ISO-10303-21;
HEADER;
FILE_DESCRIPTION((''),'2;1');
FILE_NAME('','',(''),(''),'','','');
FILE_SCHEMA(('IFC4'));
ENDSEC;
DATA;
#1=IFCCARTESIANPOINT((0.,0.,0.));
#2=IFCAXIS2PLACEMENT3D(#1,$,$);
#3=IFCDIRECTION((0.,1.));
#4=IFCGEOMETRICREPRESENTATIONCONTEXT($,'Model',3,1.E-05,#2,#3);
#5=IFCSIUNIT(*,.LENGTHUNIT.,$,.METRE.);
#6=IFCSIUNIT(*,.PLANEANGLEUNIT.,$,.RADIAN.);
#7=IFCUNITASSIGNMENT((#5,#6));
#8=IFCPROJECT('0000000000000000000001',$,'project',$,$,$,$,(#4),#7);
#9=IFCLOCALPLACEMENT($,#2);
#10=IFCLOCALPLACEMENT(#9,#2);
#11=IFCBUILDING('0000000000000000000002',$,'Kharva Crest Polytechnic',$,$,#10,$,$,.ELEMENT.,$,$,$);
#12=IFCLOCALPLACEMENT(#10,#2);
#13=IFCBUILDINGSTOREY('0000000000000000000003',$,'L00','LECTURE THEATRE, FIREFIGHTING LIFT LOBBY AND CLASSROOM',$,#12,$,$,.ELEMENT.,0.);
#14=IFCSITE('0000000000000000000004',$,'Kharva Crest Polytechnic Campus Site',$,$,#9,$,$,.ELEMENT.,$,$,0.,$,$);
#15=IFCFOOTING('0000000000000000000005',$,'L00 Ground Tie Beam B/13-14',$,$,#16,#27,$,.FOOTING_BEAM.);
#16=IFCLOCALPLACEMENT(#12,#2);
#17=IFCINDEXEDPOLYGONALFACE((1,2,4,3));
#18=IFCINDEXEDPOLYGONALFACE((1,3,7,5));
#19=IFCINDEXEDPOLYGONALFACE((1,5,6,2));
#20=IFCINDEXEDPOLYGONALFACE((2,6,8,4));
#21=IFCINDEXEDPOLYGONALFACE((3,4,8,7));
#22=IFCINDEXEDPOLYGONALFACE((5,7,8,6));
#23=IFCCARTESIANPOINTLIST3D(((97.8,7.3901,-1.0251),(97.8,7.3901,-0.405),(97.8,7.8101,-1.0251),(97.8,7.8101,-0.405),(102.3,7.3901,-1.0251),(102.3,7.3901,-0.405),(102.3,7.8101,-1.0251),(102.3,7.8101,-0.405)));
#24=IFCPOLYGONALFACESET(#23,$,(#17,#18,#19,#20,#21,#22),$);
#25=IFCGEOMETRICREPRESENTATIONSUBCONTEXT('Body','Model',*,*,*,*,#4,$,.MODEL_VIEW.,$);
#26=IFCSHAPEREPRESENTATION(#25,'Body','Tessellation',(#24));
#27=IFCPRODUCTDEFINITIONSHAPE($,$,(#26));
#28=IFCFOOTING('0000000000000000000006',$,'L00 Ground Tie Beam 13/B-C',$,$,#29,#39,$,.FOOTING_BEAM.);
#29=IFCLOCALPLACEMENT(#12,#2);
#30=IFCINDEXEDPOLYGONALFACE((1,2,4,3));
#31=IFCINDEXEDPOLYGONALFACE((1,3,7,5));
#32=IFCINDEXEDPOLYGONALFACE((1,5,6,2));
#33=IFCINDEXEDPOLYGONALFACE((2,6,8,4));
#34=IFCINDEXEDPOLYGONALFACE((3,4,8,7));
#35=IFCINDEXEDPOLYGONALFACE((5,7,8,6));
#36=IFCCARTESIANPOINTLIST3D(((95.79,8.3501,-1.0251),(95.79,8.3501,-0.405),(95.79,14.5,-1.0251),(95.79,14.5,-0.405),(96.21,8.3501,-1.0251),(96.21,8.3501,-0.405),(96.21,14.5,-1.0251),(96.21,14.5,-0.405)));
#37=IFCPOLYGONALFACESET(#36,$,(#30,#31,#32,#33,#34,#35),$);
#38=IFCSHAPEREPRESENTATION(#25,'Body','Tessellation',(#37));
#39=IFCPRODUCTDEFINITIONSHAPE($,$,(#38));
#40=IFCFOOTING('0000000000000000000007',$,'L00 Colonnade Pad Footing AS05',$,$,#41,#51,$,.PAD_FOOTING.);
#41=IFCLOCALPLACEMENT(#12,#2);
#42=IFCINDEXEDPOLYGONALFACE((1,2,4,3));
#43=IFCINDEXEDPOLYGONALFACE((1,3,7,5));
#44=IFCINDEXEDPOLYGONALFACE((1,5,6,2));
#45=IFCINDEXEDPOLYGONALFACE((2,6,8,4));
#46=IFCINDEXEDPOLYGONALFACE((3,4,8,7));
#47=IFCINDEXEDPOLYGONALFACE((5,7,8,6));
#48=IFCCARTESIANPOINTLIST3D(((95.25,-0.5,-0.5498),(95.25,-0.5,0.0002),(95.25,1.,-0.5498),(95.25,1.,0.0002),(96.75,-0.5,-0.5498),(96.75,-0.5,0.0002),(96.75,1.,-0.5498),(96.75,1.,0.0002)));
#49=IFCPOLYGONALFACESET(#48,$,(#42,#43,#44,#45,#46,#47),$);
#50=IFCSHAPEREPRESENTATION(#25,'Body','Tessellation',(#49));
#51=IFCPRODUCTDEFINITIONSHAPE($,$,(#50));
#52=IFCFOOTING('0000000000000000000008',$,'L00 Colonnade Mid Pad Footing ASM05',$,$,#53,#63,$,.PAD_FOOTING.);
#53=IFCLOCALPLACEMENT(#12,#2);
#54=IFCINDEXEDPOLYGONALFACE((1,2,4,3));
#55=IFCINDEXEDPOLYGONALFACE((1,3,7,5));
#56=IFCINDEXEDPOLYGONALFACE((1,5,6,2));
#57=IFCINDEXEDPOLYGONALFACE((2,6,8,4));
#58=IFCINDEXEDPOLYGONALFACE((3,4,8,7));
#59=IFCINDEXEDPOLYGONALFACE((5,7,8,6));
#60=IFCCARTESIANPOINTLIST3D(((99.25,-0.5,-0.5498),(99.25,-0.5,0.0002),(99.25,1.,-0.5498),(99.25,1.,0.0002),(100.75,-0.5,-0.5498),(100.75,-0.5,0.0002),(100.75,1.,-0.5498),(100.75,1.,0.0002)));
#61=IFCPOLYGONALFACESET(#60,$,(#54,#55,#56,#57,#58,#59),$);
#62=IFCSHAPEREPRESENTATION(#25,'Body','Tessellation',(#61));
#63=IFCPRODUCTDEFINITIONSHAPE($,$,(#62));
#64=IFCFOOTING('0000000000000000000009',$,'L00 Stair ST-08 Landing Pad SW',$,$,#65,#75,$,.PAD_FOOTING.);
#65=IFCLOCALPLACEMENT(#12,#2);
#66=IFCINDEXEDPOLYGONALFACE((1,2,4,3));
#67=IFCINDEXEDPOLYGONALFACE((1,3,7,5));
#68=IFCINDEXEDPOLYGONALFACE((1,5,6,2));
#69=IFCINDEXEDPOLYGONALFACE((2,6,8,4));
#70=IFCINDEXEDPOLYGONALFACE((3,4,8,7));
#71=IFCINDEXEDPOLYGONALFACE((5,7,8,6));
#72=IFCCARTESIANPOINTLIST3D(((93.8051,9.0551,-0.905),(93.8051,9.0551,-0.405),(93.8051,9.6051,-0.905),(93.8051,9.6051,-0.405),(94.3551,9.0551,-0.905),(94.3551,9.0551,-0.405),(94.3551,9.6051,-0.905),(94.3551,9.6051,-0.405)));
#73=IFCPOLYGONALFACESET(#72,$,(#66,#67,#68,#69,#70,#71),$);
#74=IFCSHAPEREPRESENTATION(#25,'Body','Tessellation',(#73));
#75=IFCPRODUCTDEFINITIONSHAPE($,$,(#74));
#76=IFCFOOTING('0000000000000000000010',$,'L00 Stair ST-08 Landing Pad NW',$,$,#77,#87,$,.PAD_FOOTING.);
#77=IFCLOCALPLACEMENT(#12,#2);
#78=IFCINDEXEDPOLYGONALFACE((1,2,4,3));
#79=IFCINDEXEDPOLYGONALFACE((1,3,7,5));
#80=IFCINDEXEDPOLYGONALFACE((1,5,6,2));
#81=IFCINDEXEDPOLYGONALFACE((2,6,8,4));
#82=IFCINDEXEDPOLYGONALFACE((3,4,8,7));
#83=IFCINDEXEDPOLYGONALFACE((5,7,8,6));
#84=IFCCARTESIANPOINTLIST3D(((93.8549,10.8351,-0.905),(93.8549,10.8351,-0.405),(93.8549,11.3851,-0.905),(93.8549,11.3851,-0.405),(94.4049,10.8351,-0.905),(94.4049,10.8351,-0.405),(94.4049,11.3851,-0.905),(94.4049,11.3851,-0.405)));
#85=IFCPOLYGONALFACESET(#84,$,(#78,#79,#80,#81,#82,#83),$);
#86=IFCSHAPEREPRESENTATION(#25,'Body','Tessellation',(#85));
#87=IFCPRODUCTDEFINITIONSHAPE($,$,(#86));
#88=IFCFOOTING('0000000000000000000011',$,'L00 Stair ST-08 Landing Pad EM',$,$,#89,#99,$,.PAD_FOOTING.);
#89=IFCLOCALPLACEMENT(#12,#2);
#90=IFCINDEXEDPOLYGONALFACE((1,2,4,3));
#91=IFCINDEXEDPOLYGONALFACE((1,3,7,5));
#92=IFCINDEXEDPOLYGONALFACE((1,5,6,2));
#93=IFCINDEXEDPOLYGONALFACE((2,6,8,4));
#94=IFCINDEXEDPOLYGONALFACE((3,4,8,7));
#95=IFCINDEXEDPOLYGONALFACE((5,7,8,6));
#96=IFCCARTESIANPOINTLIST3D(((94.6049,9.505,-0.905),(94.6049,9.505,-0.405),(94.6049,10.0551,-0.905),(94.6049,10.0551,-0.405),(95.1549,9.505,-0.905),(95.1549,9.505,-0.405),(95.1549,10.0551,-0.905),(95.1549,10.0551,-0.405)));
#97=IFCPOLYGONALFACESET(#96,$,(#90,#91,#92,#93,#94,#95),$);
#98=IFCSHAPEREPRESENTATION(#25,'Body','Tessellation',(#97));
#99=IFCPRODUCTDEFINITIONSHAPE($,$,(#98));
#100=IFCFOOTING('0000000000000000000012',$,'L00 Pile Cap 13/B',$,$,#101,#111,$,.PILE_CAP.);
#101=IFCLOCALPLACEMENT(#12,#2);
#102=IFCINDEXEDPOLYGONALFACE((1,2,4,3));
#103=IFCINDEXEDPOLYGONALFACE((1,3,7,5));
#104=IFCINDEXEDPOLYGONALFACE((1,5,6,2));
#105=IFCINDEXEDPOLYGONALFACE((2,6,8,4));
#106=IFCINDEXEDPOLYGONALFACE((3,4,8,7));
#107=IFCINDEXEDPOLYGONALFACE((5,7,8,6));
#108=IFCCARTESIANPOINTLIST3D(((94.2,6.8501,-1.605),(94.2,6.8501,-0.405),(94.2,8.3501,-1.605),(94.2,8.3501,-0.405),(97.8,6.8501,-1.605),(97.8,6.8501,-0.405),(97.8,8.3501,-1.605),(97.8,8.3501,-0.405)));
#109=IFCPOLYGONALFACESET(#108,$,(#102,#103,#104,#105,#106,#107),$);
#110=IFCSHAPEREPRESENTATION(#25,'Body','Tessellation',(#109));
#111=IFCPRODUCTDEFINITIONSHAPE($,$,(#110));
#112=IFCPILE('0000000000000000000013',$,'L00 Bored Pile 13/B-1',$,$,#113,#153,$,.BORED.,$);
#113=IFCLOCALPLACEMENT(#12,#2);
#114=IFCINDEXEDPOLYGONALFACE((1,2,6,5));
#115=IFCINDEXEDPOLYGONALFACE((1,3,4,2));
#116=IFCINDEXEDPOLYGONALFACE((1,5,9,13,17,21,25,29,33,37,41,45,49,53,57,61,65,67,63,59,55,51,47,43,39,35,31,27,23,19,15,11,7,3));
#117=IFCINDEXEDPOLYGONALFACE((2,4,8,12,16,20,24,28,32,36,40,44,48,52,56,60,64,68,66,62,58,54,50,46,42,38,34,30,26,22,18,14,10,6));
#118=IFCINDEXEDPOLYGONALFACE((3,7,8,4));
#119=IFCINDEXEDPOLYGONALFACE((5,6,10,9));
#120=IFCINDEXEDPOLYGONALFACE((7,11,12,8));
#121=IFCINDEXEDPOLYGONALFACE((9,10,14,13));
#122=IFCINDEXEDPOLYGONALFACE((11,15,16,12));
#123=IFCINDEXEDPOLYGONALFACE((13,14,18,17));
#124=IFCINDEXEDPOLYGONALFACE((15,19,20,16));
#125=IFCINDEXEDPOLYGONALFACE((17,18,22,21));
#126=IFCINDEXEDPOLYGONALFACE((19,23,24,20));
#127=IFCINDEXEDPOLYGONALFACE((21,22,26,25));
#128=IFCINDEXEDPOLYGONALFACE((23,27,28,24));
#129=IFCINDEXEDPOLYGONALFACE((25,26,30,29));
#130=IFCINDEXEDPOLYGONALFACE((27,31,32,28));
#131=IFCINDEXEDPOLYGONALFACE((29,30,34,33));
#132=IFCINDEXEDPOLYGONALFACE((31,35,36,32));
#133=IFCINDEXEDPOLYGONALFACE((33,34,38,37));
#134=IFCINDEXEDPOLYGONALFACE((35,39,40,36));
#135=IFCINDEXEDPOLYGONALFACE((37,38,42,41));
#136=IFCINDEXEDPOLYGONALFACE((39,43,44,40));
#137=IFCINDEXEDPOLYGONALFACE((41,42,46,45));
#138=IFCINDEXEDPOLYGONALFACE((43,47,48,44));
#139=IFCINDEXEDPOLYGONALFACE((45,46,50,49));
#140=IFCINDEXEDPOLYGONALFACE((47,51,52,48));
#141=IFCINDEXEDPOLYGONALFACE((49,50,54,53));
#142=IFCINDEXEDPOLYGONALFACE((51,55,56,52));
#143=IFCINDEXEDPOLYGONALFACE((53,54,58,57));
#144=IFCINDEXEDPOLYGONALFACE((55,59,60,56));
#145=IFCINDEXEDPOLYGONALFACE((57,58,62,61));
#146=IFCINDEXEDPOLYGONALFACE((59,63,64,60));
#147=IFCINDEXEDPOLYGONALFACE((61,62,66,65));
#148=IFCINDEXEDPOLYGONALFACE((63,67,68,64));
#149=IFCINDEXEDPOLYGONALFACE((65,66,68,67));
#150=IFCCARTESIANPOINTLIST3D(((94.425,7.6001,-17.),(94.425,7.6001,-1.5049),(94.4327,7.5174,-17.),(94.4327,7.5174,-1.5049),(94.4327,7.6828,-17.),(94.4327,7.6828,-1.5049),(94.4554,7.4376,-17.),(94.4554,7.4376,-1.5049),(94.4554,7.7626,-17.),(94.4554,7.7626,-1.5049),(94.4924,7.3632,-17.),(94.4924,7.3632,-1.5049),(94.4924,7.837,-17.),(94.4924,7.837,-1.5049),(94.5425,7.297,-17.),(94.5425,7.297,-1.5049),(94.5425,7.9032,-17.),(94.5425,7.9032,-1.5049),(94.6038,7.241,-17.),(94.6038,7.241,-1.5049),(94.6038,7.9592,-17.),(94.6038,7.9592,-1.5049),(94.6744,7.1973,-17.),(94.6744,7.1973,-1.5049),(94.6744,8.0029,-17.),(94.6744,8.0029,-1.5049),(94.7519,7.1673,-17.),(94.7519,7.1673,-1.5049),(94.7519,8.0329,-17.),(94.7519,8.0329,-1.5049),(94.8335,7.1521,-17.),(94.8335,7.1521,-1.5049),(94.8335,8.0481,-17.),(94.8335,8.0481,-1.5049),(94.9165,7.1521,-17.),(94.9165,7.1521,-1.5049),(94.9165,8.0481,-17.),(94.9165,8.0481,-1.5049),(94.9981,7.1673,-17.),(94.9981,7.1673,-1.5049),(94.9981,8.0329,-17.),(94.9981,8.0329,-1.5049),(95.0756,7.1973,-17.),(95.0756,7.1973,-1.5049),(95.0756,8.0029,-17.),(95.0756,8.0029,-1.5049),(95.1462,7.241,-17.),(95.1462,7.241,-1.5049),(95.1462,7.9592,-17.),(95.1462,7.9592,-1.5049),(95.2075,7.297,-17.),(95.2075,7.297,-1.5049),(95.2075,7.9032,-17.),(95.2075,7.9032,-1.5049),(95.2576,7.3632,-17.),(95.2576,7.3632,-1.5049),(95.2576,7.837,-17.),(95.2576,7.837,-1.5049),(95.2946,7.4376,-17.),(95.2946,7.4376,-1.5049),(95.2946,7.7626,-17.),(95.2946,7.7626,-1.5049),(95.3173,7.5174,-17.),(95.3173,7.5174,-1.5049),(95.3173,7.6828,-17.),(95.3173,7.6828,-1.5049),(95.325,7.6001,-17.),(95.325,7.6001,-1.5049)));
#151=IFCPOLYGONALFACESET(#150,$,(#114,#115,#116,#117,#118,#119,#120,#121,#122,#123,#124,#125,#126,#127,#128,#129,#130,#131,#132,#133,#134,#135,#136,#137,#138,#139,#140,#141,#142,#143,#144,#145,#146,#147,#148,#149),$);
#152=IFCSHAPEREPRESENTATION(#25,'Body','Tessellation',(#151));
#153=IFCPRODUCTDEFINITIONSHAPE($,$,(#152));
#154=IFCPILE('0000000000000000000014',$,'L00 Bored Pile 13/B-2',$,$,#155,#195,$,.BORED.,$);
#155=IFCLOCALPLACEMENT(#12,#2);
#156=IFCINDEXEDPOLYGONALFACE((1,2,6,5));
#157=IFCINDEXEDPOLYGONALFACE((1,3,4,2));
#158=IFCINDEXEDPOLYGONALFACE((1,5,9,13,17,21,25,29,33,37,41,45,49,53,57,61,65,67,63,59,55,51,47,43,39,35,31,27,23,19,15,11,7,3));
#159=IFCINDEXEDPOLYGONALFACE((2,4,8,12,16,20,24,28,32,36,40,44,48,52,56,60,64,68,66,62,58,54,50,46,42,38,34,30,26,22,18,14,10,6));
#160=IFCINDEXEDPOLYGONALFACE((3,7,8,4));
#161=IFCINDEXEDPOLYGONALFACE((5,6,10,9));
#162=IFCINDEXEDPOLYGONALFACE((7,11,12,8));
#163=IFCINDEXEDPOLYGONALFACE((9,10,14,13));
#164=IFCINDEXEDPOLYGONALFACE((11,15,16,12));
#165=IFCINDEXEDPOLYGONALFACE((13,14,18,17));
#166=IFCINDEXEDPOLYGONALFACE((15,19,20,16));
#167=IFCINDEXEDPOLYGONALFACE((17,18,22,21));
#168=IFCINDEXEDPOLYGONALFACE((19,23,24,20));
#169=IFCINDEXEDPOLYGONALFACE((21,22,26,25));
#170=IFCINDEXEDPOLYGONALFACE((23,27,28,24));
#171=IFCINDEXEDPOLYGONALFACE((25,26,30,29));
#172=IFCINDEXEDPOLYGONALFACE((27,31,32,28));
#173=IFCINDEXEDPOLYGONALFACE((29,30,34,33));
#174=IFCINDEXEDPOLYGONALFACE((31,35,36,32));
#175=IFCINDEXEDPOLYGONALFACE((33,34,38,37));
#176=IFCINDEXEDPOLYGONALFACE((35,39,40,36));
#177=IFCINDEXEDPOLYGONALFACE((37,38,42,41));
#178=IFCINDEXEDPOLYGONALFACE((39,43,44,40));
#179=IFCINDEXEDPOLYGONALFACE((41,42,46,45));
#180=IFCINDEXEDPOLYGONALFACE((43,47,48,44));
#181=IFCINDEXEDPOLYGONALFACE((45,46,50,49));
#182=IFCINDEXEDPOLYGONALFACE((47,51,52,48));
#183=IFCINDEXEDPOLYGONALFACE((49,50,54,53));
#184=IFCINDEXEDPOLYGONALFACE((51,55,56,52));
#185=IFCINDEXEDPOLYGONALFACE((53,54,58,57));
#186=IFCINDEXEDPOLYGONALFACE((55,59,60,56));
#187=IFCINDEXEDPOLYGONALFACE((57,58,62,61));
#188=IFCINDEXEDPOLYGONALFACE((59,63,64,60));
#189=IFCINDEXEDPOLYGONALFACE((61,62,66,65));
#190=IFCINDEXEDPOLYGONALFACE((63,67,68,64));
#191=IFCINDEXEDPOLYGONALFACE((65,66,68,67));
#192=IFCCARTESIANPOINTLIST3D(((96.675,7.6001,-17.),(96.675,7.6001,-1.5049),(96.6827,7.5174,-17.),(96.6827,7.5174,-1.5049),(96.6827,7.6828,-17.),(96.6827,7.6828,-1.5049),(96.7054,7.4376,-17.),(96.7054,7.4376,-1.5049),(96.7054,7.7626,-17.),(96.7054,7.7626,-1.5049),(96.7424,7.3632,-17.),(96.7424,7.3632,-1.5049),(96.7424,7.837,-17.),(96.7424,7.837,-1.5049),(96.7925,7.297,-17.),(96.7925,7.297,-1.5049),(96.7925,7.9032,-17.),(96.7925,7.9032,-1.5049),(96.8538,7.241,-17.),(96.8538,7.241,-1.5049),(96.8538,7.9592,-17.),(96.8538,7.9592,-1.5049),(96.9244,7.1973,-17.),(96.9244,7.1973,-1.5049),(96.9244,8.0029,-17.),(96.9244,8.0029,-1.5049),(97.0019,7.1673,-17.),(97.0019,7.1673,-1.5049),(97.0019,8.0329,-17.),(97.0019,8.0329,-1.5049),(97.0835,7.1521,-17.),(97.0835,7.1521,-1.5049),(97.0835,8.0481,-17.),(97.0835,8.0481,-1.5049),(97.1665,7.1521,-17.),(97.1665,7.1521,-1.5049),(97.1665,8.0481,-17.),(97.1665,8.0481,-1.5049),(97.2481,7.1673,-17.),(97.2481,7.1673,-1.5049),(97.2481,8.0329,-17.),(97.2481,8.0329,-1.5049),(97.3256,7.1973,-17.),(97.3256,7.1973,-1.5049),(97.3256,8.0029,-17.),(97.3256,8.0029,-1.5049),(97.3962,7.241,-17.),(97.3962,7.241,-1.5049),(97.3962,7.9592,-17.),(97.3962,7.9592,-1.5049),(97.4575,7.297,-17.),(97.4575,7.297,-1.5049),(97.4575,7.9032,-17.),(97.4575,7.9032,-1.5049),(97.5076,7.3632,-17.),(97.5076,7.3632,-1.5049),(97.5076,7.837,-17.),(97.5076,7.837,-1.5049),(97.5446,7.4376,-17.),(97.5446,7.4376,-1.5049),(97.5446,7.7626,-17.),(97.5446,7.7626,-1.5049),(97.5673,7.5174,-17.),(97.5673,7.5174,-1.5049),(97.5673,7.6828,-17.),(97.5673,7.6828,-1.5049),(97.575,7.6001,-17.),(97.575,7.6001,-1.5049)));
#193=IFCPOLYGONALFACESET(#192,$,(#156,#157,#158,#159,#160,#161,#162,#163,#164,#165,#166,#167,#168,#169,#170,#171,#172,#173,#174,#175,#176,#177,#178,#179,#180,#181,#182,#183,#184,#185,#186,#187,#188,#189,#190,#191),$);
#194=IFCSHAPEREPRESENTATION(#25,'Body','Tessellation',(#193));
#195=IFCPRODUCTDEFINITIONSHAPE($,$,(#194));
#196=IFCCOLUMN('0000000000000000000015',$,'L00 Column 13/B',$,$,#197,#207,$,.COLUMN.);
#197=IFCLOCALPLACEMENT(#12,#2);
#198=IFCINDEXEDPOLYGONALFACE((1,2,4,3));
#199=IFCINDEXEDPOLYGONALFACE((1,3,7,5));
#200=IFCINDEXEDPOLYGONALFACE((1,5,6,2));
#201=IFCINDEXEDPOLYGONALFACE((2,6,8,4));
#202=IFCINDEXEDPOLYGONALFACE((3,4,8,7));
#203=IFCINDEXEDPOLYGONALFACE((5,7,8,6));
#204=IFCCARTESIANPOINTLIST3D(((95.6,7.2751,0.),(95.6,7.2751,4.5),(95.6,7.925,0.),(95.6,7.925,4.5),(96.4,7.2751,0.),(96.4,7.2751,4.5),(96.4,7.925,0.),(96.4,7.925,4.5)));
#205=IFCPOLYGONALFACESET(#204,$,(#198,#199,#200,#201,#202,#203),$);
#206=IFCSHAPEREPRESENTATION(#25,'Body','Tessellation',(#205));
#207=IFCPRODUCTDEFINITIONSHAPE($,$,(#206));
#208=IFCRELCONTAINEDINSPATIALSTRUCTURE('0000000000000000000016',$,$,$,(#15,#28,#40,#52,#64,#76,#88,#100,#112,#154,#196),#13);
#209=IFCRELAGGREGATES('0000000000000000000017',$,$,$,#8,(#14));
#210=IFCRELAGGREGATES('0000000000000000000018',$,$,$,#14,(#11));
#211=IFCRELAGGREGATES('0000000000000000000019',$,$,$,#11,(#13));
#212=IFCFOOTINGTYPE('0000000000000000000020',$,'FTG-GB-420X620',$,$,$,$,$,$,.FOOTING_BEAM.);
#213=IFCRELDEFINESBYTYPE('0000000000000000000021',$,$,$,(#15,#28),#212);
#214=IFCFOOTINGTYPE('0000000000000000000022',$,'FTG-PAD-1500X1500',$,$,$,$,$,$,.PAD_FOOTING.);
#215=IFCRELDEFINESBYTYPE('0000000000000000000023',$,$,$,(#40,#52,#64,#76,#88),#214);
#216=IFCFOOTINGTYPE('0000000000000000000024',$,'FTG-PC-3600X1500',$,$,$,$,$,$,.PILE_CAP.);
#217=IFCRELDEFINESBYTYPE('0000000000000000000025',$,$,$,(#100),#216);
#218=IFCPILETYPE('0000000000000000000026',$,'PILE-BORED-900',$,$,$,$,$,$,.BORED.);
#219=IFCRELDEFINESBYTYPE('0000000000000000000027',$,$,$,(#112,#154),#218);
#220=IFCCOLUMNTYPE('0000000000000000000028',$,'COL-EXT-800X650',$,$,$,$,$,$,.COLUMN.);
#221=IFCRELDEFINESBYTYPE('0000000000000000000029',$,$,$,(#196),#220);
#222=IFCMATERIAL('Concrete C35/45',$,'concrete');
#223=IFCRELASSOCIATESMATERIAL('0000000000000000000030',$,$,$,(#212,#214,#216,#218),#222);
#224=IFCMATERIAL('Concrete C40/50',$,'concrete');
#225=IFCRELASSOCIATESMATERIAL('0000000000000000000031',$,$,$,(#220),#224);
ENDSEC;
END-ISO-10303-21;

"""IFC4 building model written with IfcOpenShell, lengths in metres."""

from ifc_helpers import new_model, si_unit, direction, frame, origin, origin_2d, place, context, subcontext, project, spatial, rectangle, circle, extrude, material, material_profile, profile_set, type_object, element, save


model = new_model("IFC4")

# Units and contexts
model_context = context("Model", 3, precision=1e-05, world=origin(), true_north=direction((0.0, 1.0)))
body_context = subcontext(model_context, "Body", "Model", "MODEL_VIEW")
ifc_project = project(units=[si_unit("LENGTHUNIT", "METRE"), si_unit("PLANEANGLEUNIT", "RADIAN")], contexts=[model_context])

# Site, building, storey
site_placement = place(None, origin())
site = spatial("IfcSite", under=ifc_project, at=site_placement, Name="Kharva Crest Polytechnic Campus Site", CompositionType="ELEMENT", RefElevation=0.0)
building_placement = place(site_placement, origin())
building = spatial("IfcBuilding", under=site, at=building_placement, Name="Kharva Crest Polytechnic", CompositionType="ELEMENT")
storey_placement = place(building_placement, origin())
storey = spatial("IfcBuildingStorey", under=building, at=storey_placement, Name="L00", Description="LECTURE THEATRE, FIREFIGHTING LIFT LOBBY AND CLASSROOM", CompositionType="ELEMENT", Elevation=0.0)

# Footings
ifc_material_1 = material(Name="Concrete C35/45", Category="concrete")
footing_type_1 = type_object("IfcFootingType", Name="FTG-GB-420X620", PredefinedType="FOOTING_BEAM", material=ifc_material_1)
footing_1_placement = place(storey_placement, frame((100.05, 7.6001, -1.0251), z_axis=(0.0, 0.0, 1.0), x_axis=(1.0, 0.0, 0.0)))
element("IfcFooting", 1, at=footing_1_placement, inside=storey, type_object=footing_type_1, Name="L00 Ground Tie Beam B/13-14", PredefinedType="FOOTING_BEAM", context=body_context, shape_type="SweptSolid", body=[
    extrude(rectangle(XDim=4.5, YDim=0.4199, at=origin_2d()), origin(), (0.0, 0.0, 1.0), 0.6201),
])
footing_2_placement = place(storey_placement, frame((96.0, 11.425, -1.0251), z_axis=(0.0, 0.0, 1.0), x_axis=(0.0, 1.0, 0.0)))
element("IfcFooting", 2, at=footing_2_placement, inside=storey, type_object=footing_type_1, Name="L00 Ground Tie Beam 13/B-C", PredefinedType="FOOTING_BEAM", context=body_context, shape_type="SweptSolid", body=[
    extrude(rectangle(XDim=6.1499, YDim=0.4199, at=origin_2d()), origin(), (0.0, 0.0, 1.0), 0.6201),
])
footing_type_2 = type_object("IfcFootingType", Name="FTG-PAD-1500X1500", PredefinedType="PAD_FOOTING", material=ifc_material_1)
for number, where, z_axis, x_axis, name in (
    (3, (96.0, 0.25, -0.5498), (0.0, 0.0, 1.0), (1.0, 0.0, 0.0), "L00 Colonnade Pad Footing AS05"),
    (4, (100.0, 0.25, -0.5498), (0.0, 0.0, 1.0), (1.0, 0.0, 0.0), "L00 Colonnade Mid Pad Footing ASM05"),
):
    element("IfcFooting", number, at=place(storey_placement, frame(where, z_axis=z_axis, x_axis=x_axis)), inside=storey, type_object=footing_type_2, Name=name, PredefinedType="PAD_FOOTING", context=body_context, shape_type="SweptSolid", body=[
        extrude(rectangle(XDim=1.5, YDim=1.5, at=origin_2d()), origin(), (0.0, 0.0, 1.0), 0.55),
    ])
for number, where, z_axis, x_axis, name in (
    (5, (94.0801, 9.3301, -0.905), (0.0, 0.0, 1.0), (1.0, 0.0, 0.0), "L00 Stair ST-08 Landing Pad SW"),
    (6, (94.1299, 11.1101, -0.905), (0.0, 0.0, 1.0), (1.0, 0.0, 0.0), "L00 Stair ST-08 Landing Pad NW"),
    (7, (94.8799, 9.78, -0.905), (0.0, 0.0, 1.0), (1.0, 0.0, 0.0), "L00 Stair ST-08 Landing Pad EM"),
):
    element("IfcFooting", number, at=place(storey_placement, frame(where, z_axis=z_axis, x_axis=x_axis)), inside=storey, type_object=footing_type_2, Name=name, PredefinedType="PAD_FOOTING", context=body_context, shape_type="SweptSolid", body=[
        extrude(rectangle(XDim=0.55, YDim=0.55, at=origin_2d()), origin(), (0.0, 0.0, 1.0), 0.5),
    ])
footing_type_3 = type_object("IfcFootingType", Name="FTG-PC-3600X1500", PredefinedType="PILE_CAP", material=ifc_material_1)
footing_3_placement = place(storey_placement, frame((96.0, 7.6001, -1.605), z_axis=(0.0, 0.0, 1.0), x_axis=(1.0, 0.0, 0.0)))
element("IfcFooting", 8, at=footing_3_placement, inside=storey, type_object=footing_type_3, Name="L00 Pile Cap 13/B", PredefinedType="PILE_CAP", context=body_context, shape_type="SweptSolid", body=[
    extrude(rectangle(XDim=3.6001, YDim=1.5, at=origin_2d()), origin(), (0.0, 0.0, 1.0), 1.2),
])

# Piles
ifc_material_profile_1 = material_profile(ifc_material_1, circle(Radius=0.45, at=origin_2d()), Name="DIA 900")
ifc_profile_set_1 = profile_set([ifc_material_profile_1], Name="Concrete C35/45")
pile_type = type_object("IfcPileType", Name="PILE-BORED-900", PredefinedType="BORED", material=ifc_profile_set_1)
for number, where, z_axis, x_axis, name in (
    (9, (94.875, 7.6001, -1.5049), (0.0, 0.0, -1.0), (1.0, 0.0, 0.0), "L00 Bored Pile 13/B-1"),
    (10, (97.125, 7.6001, -1.5049), (0.0, 0.0, -1.0), (1.0, 0.0, 0.0), "L00 Bored Pile 13/B-2"),
):
    element("IfcPile", number, at=place(storey_placement, frame(where, z_axis=z_axis, x_axis=x_axis)), inside=storey, type_object=pile_type, Name=name, PredefinedType="BORED", context=body_context, shape_type="SweptSolid", body=[
        extrude(circle(Radius=0.45, at=origin_2d()), origin(), (0.0, 0.0, 1.0), 15.4951),
    ])

# Column
ifc_material_2 = material(Name="Concrete C40/50", Category="concrete")
ifc_material_profile_2 = material_profile(ifc_material_2, rectangle(XDim=0.8, YDim=0.6499, at=origin_2d()), Name="RECT 800 X 650")
ifc_profile_set_2 = profile_set([ifc_material_profile_2], Name="Concrete C40/50")
column_type_1 = type_object("IfcColumnType", Name="COL-EXT-800X650", PredefinedType="COLUMN", material=ifc_profile_set_2)
column_1_placement = place(storey_placement, frame((96.0, 7.6001, 0.0), z_axis=(0.0, 0.0, 1.0), x_axis=(1.0, 0.0, 0.0)))
element("IfcColumn", 11, at=column_1_placement, inside=storey, type_object=column_type_1, Name="L00 Column 13/B", PredefinedType="COLUMN", context=body_context, shape_type="SweptSolid", body=[
    extrude(rectangle(XDim=0.8, YDim=0.6499, at=origin_2d()), origin(), (0.0, 0.0, 1.0), 4.5),
])

save(model, "model.ifc")
